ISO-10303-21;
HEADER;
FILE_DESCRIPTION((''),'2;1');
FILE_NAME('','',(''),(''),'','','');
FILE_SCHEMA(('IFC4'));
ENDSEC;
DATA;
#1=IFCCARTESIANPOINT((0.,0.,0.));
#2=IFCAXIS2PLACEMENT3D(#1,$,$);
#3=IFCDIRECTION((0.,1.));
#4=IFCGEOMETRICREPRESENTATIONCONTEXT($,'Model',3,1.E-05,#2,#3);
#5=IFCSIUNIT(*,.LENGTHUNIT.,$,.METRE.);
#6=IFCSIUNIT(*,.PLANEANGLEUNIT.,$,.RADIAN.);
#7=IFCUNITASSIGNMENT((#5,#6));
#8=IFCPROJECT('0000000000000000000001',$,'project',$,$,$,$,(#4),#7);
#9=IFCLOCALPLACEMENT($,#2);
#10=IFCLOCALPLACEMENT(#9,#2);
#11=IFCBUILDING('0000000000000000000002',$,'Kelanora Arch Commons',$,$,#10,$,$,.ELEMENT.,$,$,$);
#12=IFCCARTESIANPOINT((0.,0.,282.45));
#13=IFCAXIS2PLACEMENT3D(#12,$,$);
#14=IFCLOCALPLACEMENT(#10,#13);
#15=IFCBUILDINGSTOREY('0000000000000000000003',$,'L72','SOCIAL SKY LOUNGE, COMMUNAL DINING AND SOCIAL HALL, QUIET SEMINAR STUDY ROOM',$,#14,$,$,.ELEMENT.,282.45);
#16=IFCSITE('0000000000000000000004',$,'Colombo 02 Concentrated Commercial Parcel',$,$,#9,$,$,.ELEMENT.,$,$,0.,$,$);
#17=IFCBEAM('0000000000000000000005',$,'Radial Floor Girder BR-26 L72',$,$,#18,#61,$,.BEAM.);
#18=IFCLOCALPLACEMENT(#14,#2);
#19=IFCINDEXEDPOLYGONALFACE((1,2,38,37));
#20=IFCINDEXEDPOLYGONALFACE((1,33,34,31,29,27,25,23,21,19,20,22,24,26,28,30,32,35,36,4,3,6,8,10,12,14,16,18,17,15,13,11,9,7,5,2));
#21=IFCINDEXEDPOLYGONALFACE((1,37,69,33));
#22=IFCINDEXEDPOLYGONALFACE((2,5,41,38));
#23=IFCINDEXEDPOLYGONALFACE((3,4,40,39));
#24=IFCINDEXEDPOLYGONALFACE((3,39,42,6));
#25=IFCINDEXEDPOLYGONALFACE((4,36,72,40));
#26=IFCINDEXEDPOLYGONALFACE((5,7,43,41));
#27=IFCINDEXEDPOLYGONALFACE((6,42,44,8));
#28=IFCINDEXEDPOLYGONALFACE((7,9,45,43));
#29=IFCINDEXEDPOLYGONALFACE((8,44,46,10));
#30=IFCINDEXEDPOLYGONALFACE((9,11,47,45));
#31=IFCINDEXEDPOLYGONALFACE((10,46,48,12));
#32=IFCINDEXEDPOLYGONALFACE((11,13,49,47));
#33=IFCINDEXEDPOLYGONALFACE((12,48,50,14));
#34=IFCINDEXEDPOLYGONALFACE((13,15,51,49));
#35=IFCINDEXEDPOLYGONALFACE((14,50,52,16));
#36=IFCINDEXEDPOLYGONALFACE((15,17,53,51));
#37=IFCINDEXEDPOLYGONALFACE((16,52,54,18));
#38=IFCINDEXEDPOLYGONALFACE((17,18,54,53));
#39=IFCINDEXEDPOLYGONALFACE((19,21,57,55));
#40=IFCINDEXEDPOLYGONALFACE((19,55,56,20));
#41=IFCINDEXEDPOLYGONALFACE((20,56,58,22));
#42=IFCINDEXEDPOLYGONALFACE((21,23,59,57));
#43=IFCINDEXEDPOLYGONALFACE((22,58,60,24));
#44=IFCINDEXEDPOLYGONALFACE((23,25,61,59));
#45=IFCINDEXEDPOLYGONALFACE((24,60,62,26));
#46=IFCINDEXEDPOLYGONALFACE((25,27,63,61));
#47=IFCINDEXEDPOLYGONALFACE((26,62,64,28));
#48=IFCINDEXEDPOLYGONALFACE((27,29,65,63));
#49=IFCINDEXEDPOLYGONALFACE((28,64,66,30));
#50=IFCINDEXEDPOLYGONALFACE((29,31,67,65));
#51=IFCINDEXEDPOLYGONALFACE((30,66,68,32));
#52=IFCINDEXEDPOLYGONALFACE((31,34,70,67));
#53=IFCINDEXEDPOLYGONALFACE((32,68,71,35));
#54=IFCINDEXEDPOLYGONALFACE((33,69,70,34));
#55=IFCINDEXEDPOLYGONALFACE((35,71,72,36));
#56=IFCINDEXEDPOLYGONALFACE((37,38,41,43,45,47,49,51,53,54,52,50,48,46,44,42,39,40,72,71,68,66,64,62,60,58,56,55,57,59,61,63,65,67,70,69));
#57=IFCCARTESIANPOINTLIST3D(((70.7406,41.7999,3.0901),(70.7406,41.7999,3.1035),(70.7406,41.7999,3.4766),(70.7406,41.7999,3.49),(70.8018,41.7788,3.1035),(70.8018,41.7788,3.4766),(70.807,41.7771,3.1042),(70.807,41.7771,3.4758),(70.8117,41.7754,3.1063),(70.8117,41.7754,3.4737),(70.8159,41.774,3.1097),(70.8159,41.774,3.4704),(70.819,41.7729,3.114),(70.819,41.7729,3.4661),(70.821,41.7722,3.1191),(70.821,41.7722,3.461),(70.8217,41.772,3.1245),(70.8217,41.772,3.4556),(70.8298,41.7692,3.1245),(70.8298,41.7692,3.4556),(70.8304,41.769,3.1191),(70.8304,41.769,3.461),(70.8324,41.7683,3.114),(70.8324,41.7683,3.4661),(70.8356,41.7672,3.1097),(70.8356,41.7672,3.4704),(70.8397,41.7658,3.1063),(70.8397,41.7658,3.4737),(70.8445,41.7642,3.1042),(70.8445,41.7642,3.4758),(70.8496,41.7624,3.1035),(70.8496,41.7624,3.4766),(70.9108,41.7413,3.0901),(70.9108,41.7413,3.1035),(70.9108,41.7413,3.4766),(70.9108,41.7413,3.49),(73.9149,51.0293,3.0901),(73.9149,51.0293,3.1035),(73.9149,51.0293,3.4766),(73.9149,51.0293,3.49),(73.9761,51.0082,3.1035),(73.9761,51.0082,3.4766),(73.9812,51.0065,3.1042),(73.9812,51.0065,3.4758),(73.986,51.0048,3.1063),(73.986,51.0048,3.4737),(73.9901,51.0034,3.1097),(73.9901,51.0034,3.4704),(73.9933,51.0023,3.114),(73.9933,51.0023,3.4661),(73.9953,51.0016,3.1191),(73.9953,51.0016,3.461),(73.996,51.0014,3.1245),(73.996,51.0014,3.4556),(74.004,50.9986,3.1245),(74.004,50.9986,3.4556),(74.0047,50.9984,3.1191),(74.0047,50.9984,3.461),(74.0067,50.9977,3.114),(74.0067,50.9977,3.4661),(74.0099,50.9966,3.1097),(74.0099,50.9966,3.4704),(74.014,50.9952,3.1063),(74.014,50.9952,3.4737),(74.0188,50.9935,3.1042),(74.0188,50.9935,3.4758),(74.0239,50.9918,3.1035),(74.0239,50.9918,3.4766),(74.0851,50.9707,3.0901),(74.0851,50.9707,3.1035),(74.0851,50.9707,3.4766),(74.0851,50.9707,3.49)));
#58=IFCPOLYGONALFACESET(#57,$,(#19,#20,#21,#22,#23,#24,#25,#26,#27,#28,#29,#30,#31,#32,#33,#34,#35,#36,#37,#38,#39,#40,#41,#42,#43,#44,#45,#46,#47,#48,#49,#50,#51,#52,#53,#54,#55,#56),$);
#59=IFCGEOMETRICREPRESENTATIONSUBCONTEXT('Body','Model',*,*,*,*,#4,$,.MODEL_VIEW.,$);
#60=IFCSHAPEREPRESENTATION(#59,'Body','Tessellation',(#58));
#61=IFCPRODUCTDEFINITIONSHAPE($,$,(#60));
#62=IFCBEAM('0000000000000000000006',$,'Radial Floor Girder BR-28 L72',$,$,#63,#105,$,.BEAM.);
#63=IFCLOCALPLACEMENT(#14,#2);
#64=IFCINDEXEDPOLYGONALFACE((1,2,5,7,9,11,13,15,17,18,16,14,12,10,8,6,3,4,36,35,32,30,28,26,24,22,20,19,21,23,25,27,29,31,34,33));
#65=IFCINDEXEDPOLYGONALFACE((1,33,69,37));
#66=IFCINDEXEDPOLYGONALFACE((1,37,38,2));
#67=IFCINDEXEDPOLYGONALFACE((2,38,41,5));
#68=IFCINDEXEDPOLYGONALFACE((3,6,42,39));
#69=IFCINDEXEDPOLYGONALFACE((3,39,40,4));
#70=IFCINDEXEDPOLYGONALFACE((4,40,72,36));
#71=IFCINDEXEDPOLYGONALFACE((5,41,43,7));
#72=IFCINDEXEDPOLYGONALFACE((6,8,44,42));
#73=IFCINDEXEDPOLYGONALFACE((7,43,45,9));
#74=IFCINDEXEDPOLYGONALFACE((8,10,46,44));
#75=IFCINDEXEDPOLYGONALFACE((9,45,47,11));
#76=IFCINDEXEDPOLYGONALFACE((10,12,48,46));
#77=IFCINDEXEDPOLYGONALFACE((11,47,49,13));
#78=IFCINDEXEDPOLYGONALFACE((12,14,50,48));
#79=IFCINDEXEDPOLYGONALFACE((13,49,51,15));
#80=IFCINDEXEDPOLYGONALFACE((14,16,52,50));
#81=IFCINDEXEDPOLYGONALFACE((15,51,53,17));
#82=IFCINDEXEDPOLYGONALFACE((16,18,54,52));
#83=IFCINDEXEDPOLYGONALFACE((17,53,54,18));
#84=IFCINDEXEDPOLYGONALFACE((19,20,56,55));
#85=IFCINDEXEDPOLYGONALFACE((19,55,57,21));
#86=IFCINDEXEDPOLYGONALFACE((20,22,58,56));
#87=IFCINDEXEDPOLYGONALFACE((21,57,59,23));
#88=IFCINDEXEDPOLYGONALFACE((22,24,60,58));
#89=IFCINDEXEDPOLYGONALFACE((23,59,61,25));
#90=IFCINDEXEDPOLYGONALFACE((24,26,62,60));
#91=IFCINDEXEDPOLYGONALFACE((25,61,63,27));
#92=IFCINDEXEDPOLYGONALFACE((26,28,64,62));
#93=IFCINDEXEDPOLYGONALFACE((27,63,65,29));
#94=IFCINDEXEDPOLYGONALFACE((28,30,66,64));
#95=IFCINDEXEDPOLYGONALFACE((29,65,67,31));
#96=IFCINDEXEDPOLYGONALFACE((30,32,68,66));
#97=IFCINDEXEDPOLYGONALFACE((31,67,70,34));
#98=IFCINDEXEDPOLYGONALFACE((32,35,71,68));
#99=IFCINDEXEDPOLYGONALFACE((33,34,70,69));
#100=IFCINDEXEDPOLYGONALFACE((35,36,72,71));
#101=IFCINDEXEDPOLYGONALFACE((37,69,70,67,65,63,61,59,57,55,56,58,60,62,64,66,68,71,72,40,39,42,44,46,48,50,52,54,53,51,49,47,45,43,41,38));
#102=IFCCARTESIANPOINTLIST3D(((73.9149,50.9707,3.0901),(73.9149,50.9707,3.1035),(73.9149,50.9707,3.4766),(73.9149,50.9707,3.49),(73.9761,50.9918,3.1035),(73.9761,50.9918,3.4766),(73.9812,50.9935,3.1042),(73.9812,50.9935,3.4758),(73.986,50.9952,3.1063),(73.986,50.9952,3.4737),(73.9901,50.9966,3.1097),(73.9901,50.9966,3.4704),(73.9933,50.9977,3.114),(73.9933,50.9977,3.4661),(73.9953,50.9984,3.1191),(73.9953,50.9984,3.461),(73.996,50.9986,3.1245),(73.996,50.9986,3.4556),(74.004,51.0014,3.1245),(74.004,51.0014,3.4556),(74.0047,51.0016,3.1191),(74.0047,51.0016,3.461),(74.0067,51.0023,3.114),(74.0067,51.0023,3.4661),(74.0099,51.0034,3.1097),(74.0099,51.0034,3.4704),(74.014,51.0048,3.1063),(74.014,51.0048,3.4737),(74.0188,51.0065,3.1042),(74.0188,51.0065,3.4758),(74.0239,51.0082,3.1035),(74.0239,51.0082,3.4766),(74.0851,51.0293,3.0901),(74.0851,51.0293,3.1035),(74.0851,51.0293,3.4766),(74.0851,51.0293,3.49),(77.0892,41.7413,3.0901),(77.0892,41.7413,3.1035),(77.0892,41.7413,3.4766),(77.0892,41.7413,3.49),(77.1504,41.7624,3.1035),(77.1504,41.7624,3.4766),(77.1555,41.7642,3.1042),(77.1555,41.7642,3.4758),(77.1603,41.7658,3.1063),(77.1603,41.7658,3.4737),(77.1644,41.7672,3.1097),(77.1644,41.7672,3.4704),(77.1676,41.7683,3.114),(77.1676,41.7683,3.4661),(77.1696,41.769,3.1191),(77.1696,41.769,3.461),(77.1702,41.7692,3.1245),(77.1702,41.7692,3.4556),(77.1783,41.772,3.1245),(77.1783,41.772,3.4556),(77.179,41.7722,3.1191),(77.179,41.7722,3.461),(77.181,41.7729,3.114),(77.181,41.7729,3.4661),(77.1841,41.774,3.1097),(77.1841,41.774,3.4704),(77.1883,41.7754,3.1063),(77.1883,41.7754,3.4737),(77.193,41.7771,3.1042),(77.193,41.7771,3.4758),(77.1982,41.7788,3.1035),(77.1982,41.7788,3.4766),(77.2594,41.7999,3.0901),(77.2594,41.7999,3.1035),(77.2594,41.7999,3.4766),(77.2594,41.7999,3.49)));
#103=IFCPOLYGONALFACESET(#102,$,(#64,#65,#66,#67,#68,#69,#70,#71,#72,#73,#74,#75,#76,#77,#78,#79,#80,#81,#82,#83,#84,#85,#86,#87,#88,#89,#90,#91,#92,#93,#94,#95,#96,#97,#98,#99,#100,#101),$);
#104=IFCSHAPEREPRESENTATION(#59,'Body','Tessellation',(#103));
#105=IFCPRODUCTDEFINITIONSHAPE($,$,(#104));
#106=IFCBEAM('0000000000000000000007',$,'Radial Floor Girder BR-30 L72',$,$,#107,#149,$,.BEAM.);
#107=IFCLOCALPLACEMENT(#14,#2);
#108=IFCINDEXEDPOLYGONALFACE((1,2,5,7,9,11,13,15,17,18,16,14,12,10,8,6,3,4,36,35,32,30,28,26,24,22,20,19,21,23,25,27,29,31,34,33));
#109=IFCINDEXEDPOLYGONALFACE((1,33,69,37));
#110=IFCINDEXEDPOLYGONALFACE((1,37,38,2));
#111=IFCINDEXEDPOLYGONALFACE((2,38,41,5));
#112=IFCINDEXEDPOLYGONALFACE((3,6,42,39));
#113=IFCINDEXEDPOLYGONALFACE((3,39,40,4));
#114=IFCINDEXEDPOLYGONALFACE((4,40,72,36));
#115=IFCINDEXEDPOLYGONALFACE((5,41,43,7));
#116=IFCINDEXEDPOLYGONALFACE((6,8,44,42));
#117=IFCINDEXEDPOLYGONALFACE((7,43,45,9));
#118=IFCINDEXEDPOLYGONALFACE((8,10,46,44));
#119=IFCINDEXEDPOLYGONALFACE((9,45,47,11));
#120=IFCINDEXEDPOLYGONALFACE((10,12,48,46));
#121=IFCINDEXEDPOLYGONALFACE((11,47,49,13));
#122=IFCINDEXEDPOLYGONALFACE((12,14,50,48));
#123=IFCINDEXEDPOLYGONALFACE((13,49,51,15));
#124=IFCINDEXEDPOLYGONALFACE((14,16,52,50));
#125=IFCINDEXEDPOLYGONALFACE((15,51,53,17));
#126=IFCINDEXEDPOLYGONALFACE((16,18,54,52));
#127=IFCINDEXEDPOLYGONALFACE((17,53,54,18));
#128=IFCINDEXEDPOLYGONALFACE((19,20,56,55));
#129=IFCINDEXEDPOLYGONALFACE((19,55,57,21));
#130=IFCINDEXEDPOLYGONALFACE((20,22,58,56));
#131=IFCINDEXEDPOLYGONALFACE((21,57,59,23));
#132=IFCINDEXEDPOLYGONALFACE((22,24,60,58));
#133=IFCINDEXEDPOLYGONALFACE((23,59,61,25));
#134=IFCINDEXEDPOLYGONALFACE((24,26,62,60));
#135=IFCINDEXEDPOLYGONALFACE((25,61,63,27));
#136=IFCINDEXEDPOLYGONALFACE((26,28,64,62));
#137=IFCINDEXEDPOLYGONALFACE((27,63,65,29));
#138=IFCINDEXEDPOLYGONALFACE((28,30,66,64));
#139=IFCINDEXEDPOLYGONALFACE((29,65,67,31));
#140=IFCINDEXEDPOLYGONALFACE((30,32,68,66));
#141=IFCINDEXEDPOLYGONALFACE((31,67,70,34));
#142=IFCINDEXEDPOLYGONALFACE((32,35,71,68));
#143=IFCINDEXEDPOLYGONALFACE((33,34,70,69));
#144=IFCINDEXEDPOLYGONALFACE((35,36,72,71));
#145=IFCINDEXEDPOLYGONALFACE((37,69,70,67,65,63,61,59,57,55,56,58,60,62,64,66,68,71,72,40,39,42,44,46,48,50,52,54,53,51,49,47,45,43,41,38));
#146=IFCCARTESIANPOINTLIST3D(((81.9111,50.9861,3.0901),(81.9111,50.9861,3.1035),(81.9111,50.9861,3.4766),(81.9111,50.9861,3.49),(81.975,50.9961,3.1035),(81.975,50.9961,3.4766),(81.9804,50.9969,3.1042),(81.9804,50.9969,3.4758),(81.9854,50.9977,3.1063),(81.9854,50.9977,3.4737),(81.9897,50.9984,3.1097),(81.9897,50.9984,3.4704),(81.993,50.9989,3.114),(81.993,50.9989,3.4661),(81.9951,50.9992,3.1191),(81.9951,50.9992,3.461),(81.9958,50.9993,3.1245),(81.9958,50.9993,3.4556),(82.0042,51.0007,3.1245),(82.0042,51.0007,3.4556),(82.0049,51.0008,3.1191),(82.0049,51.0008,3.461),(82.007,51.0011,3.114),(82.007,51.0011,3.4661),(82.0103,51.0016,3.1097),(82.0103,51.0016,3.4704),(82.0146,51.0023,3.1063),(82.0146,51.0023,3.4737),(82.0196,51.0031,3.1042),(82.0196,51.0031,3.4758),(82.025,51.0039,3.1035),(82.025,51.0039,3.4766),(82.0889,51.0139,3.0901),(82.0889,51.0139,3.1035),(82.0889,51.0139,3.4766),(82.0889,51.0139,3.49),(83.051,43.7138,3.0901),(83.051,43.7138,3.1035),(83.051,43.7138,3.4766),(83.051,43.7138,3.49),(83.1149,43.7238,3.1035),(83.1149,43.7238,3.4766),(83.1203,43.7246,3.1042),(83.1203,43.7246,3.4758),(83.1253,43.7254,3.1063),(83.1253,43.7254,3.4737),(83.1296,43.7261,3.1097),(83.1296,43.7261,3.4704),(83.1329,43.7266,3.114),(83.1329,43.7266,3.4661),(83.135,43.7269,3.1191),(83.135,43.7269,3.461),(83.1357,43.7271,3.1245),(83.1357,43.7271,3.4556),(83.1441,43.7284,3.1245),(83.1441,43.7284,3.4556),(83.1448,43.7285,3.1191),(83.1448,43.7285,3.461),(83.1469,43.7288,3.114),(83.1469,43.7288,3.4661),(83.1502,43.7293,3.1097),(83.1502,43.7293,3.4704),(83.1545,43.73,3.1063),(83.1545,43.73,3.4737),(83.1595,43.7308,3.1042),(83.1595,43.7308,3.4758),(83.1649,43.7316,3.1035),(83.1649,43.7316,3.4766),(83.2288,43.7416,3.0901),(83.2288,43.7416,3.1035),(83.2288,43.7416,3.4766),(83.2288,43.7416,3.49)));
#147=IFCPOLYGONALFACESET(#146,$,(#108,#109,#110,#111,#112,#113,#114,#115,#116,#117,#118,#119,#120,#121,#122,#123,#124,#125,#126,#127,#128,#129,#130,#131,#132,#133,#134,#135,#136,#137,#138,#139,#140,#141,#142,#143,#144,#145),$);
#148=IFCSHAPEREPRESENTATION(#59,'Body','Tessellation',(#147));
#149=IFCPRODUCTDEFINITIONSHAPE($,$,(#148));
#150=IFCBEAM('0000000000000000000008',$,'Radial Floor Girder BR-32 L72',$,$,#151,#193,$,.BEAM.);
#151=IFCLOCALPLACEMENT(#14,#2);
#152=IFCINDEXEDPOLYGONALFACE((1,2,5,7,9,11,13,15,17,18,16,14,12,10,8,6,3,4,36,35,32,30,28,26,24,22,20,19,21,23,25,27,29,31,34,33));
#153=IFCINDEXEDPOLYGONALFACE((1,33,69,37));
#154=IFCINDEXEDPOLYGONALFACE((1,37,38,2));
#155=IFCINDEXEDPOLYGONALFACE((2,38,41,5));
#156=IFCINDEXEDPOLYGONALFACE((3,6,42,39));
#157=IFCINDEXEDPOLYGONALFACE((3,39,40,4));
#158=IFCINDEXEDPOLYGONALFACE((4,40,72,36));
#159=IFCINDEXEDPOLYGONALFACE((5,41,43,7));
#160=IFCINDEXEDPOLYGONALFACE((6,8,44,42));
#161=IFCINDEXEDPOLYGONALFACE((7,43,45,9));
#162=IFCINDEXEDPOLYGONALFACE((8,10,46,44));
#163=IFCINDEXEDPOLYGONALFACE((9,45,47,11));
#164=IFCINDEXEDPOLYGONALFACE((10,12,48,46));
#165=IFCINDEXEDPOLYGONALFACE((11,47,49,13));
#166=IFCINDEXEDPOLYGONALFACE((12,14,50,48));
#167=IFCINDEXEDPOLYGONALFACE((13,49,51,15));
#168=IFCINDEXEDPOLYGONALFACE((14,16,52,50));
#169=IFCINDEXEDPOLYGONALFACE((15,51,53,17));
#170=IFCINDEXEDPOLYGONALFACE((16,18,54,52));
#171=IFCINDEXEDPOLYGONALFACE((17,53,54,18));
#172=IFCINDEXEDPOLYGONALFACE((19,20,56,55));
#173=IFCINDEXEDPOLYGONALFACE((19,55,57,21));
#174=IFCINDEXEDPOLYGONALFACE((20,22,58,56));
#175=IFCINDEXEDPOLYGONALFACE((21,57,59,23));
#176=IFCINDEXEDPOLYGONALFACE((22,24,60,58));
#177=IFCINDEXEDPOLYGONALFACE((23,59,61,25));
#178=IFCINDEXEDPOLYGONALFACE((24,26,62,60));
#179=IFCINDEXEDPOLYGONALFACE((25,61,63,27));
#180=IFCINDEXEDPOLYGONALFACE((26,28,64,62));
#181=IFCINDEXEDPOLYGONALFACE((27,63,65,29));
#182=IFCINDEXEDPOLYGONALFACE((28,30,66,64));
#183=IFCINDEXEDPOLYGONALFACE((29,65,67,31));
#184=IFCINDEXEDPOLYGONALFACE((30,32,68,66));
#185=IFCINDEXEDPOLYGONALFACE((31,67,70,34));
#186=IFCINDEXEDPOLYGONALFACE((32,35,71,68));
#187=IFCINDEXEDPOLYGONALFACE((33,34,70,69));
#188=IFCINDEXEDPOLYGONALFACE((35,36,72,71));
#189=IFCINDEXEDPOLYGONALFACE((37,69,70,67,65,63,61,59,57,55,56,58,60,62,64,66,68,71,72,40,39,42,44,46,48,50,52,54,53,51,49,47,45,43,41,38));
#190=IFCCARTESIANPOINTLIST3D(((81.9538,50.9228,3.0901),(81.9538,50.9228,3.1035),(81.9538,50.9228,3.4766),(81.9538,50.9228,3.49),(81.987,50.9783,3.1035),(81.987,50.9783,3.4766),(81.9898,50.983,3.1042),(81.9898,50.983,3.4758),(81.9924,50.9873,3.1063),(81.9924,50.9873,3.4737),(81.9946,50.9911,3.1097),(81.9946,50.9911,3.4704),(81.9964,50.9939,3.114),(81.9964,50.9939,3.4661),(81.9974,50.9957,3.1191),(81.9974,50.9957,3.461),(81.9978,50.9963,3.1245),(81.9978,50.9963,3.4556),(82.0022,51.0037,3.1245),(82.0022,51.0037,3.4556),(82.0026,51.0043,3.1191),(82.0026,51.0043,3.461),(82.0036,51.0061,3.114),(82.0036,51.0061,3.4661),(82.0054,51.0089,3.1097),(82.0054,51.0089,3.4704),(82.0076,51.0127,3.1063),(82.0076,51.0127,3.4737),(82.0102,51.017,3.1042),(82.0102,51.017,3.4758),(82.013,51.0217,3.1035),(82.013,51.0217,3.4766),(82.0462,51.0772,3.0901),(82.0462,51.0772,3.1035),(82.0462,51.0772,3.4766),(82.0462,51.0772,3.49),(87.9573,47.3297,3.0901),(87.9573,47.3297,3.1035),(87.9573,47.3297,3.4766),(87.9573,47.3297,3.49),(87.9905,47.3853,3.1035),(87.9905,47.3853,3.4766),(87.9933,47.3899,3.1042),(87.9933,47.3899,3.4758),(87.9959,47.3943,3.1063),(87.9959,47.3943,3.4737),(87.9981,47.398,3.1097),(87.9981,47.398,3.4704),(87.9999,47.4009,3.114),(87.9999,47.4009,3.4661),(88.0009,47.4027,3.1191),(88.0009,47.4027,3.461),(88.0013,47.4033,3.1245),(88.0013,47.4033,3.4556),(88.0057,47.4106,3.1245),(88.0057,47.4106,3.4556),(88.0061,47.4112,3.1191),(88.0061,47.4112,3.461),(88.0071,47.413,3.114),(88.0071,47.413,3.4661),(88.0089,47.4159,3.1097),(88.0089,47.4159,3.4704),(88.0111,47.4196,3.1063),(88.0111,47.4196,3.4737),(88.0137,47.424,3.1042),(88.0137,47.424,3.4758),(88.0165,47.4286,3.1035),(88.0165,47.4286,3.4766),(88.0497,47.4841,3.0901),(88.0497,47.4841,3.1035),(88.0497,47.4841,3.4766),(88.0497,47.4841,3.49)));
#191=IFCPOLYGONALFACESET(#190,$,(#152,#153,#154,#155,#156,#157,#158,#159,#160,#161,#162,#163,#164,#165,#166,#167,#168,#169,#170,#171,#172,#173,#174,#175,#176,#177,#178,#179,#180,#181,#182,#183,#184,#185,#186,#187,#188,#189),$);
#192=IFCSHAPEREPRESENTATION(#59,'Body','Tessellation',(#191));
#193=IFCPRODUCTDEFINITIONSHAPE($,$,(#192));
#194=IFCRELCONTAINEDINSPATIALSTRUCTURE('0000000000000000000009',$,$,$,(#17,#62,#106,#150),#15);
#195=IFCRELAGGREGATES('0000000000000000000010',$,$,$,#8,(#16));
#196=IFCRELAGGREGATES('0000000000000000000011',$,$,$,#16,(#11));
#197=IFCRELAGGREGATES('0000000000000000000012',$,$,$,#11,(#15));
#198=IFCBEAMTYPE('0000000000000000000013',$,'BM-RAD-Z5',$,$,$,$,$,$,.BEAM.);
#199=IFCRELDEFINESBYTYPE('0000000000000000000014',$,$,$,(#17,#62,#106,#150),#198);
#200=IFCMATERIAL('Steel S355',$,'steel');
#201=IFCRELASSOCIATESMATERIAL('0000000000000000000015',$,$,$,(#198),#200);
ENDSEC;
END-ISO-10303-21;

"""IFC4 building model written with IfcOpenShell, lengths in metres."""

from ifc_helpers import new_model, si_unit, direction, frame, origin, origin_2d, place, context, subcontext, project, spatial, i_section, extrude, material, material_profile, profile_set, type_object, element, save


model = new_model("IFC4")

# Units and contexts
model_context = context("Model", 3, precision=1e-05, world=origin(), true_north=direction((0.0, 1.0)))
body_context = subcontext(model_context, "Body", "Model", "MODEL_VIEW")
ifc_project = project(units=[si_unit("LENGTHUNIT", "METRE"), si_unit("PLANEANGLEUNIT", "RADIAN")], contexts=[model_context])

# Site, building, storey
site_placement = place(None, origin())
site = spatial("IfcSite", under=ifc_project, at=site_placement, Name="Colombo 02 Concentrated Commercial Parcel", CompositionType="ELEMENT", RefElevation=0.0)
building_placement = place(site_placement, origin())
building = spatial("IfcBuilding", under=site, at=building_placement, Name="Kelanora Arch Commons", CompositionType="ELEMENT")
storey_placement = place(building_placement, frame((0.0, 0.0, 282.45)))
storey = spatial("IfcBuildingStorey", under=building, at=storey_placement, Name="L72", Description="SOCIAL SKY LOUNGE, COMMUNAL DINING AND SOCIAL HALL, QUIET SEMINAR STUDY ROOM", CompositionType="ELEMENT", Elevation=282.45)

# Beams
ifc_material_1 = material(Name="Steel S355", Category="steel")
ifc_material_profile_1 = material_profile(ifc_material_1, i_section(OverallWidth=0.1799, OverallDepth=0.3999, WebThickness=0.0085, FlangeThickness=0.0134, FilletRadius=0.021, at=origin_2d()), Name="IPE400")
ifc_profile_set_1 = profile_set([ifc_material_profile_1], Name="Steel S355")
beam_type_1 = type_object("IfcBeamType", Name="BM-RAD-Z5", PredefinedType="BEAM", material=ifc_profile_set_1)
for number, where, z_axis, x_axis, name in (
    (1, (74.0, 51.0, 3.29), (-0.325234, -0.945634, 0.0), (0.945634, -0.325234, 0.0), "Radial Floor Girder BR-26 L72"),
    (2, (74.0, 51.0, 3.29), (0.325234, -0.945634, 0.0), (0.945634, 0.325234, 0.0), "Radial Floor Girder BR-28 L72"),
):
    element("IfcBeam", number, at=place(storey_placement, frame(where, z_axis=z_axis, x_axis=x_axis)), inside=storey, type_object=beam_type_1, Name=name, PredefinedType="BEAM", context=body_context, shape_type="SweptSolid", body=[
        extrude(i_section(OverallWidth=0.1799, OverallDepth=0.3999, WebThickness=0.0085, FlangeThickness=0.0134, FilletRadius=0.021, at=origin_2d()), origin(), (0.0, 0.0, 1.0), 9.76),
    ])
beam_1_placement = place(storey_placement, frame((82.0, 51.0, 3.29), z_axis=(0.154855, -0.987937, 0.0), x_axis=(0.987937, 0.154855, 0.0)))
element("IfcBeam", 3, at=beam_1_placement, inside=storey, type_object=beam_type_1, Name="Radial Floor Girder BR-30 L72", PredefinedType="BEAM", context=body_context, shape_type="SweptSolid", body=[
    extrude(i_section(OverallWidth=0.1799, OverallDepth=0.3999, WebThickness=0.0085, FlangeThickness=0.0134, FilletRadius=0.021, at=origin_2d()), origin(), (0.0, 0.0, 1.0), 7.3611),
])
beam_2_placement = place(storey_placement, frame((82.0, 51.0, 3.29), z_axis=(0.858062, -0.513546, 0.0), x_axis=(0.513546, 0.858062, 0.0)))
element("IfcBeam", 4, at=beam_2_placement, inside=storey, type_object=beam_type_1, Name="Radial Floor Girder BR-32 L72", PredefinedType="BEAM", context=body_context, shape_type="SweptSolid", body=[
    extrude(i_section(OverallWidth=0.1799, OverallDepth=0.3999, WebThickness=0.0085, FlangeThickness=0.0134, FilletRadius=0.021, at=origin_2d()), origin(), (0.0, 0.0, 1.0), 6.9966),
])

save(model, "model.ifc")
